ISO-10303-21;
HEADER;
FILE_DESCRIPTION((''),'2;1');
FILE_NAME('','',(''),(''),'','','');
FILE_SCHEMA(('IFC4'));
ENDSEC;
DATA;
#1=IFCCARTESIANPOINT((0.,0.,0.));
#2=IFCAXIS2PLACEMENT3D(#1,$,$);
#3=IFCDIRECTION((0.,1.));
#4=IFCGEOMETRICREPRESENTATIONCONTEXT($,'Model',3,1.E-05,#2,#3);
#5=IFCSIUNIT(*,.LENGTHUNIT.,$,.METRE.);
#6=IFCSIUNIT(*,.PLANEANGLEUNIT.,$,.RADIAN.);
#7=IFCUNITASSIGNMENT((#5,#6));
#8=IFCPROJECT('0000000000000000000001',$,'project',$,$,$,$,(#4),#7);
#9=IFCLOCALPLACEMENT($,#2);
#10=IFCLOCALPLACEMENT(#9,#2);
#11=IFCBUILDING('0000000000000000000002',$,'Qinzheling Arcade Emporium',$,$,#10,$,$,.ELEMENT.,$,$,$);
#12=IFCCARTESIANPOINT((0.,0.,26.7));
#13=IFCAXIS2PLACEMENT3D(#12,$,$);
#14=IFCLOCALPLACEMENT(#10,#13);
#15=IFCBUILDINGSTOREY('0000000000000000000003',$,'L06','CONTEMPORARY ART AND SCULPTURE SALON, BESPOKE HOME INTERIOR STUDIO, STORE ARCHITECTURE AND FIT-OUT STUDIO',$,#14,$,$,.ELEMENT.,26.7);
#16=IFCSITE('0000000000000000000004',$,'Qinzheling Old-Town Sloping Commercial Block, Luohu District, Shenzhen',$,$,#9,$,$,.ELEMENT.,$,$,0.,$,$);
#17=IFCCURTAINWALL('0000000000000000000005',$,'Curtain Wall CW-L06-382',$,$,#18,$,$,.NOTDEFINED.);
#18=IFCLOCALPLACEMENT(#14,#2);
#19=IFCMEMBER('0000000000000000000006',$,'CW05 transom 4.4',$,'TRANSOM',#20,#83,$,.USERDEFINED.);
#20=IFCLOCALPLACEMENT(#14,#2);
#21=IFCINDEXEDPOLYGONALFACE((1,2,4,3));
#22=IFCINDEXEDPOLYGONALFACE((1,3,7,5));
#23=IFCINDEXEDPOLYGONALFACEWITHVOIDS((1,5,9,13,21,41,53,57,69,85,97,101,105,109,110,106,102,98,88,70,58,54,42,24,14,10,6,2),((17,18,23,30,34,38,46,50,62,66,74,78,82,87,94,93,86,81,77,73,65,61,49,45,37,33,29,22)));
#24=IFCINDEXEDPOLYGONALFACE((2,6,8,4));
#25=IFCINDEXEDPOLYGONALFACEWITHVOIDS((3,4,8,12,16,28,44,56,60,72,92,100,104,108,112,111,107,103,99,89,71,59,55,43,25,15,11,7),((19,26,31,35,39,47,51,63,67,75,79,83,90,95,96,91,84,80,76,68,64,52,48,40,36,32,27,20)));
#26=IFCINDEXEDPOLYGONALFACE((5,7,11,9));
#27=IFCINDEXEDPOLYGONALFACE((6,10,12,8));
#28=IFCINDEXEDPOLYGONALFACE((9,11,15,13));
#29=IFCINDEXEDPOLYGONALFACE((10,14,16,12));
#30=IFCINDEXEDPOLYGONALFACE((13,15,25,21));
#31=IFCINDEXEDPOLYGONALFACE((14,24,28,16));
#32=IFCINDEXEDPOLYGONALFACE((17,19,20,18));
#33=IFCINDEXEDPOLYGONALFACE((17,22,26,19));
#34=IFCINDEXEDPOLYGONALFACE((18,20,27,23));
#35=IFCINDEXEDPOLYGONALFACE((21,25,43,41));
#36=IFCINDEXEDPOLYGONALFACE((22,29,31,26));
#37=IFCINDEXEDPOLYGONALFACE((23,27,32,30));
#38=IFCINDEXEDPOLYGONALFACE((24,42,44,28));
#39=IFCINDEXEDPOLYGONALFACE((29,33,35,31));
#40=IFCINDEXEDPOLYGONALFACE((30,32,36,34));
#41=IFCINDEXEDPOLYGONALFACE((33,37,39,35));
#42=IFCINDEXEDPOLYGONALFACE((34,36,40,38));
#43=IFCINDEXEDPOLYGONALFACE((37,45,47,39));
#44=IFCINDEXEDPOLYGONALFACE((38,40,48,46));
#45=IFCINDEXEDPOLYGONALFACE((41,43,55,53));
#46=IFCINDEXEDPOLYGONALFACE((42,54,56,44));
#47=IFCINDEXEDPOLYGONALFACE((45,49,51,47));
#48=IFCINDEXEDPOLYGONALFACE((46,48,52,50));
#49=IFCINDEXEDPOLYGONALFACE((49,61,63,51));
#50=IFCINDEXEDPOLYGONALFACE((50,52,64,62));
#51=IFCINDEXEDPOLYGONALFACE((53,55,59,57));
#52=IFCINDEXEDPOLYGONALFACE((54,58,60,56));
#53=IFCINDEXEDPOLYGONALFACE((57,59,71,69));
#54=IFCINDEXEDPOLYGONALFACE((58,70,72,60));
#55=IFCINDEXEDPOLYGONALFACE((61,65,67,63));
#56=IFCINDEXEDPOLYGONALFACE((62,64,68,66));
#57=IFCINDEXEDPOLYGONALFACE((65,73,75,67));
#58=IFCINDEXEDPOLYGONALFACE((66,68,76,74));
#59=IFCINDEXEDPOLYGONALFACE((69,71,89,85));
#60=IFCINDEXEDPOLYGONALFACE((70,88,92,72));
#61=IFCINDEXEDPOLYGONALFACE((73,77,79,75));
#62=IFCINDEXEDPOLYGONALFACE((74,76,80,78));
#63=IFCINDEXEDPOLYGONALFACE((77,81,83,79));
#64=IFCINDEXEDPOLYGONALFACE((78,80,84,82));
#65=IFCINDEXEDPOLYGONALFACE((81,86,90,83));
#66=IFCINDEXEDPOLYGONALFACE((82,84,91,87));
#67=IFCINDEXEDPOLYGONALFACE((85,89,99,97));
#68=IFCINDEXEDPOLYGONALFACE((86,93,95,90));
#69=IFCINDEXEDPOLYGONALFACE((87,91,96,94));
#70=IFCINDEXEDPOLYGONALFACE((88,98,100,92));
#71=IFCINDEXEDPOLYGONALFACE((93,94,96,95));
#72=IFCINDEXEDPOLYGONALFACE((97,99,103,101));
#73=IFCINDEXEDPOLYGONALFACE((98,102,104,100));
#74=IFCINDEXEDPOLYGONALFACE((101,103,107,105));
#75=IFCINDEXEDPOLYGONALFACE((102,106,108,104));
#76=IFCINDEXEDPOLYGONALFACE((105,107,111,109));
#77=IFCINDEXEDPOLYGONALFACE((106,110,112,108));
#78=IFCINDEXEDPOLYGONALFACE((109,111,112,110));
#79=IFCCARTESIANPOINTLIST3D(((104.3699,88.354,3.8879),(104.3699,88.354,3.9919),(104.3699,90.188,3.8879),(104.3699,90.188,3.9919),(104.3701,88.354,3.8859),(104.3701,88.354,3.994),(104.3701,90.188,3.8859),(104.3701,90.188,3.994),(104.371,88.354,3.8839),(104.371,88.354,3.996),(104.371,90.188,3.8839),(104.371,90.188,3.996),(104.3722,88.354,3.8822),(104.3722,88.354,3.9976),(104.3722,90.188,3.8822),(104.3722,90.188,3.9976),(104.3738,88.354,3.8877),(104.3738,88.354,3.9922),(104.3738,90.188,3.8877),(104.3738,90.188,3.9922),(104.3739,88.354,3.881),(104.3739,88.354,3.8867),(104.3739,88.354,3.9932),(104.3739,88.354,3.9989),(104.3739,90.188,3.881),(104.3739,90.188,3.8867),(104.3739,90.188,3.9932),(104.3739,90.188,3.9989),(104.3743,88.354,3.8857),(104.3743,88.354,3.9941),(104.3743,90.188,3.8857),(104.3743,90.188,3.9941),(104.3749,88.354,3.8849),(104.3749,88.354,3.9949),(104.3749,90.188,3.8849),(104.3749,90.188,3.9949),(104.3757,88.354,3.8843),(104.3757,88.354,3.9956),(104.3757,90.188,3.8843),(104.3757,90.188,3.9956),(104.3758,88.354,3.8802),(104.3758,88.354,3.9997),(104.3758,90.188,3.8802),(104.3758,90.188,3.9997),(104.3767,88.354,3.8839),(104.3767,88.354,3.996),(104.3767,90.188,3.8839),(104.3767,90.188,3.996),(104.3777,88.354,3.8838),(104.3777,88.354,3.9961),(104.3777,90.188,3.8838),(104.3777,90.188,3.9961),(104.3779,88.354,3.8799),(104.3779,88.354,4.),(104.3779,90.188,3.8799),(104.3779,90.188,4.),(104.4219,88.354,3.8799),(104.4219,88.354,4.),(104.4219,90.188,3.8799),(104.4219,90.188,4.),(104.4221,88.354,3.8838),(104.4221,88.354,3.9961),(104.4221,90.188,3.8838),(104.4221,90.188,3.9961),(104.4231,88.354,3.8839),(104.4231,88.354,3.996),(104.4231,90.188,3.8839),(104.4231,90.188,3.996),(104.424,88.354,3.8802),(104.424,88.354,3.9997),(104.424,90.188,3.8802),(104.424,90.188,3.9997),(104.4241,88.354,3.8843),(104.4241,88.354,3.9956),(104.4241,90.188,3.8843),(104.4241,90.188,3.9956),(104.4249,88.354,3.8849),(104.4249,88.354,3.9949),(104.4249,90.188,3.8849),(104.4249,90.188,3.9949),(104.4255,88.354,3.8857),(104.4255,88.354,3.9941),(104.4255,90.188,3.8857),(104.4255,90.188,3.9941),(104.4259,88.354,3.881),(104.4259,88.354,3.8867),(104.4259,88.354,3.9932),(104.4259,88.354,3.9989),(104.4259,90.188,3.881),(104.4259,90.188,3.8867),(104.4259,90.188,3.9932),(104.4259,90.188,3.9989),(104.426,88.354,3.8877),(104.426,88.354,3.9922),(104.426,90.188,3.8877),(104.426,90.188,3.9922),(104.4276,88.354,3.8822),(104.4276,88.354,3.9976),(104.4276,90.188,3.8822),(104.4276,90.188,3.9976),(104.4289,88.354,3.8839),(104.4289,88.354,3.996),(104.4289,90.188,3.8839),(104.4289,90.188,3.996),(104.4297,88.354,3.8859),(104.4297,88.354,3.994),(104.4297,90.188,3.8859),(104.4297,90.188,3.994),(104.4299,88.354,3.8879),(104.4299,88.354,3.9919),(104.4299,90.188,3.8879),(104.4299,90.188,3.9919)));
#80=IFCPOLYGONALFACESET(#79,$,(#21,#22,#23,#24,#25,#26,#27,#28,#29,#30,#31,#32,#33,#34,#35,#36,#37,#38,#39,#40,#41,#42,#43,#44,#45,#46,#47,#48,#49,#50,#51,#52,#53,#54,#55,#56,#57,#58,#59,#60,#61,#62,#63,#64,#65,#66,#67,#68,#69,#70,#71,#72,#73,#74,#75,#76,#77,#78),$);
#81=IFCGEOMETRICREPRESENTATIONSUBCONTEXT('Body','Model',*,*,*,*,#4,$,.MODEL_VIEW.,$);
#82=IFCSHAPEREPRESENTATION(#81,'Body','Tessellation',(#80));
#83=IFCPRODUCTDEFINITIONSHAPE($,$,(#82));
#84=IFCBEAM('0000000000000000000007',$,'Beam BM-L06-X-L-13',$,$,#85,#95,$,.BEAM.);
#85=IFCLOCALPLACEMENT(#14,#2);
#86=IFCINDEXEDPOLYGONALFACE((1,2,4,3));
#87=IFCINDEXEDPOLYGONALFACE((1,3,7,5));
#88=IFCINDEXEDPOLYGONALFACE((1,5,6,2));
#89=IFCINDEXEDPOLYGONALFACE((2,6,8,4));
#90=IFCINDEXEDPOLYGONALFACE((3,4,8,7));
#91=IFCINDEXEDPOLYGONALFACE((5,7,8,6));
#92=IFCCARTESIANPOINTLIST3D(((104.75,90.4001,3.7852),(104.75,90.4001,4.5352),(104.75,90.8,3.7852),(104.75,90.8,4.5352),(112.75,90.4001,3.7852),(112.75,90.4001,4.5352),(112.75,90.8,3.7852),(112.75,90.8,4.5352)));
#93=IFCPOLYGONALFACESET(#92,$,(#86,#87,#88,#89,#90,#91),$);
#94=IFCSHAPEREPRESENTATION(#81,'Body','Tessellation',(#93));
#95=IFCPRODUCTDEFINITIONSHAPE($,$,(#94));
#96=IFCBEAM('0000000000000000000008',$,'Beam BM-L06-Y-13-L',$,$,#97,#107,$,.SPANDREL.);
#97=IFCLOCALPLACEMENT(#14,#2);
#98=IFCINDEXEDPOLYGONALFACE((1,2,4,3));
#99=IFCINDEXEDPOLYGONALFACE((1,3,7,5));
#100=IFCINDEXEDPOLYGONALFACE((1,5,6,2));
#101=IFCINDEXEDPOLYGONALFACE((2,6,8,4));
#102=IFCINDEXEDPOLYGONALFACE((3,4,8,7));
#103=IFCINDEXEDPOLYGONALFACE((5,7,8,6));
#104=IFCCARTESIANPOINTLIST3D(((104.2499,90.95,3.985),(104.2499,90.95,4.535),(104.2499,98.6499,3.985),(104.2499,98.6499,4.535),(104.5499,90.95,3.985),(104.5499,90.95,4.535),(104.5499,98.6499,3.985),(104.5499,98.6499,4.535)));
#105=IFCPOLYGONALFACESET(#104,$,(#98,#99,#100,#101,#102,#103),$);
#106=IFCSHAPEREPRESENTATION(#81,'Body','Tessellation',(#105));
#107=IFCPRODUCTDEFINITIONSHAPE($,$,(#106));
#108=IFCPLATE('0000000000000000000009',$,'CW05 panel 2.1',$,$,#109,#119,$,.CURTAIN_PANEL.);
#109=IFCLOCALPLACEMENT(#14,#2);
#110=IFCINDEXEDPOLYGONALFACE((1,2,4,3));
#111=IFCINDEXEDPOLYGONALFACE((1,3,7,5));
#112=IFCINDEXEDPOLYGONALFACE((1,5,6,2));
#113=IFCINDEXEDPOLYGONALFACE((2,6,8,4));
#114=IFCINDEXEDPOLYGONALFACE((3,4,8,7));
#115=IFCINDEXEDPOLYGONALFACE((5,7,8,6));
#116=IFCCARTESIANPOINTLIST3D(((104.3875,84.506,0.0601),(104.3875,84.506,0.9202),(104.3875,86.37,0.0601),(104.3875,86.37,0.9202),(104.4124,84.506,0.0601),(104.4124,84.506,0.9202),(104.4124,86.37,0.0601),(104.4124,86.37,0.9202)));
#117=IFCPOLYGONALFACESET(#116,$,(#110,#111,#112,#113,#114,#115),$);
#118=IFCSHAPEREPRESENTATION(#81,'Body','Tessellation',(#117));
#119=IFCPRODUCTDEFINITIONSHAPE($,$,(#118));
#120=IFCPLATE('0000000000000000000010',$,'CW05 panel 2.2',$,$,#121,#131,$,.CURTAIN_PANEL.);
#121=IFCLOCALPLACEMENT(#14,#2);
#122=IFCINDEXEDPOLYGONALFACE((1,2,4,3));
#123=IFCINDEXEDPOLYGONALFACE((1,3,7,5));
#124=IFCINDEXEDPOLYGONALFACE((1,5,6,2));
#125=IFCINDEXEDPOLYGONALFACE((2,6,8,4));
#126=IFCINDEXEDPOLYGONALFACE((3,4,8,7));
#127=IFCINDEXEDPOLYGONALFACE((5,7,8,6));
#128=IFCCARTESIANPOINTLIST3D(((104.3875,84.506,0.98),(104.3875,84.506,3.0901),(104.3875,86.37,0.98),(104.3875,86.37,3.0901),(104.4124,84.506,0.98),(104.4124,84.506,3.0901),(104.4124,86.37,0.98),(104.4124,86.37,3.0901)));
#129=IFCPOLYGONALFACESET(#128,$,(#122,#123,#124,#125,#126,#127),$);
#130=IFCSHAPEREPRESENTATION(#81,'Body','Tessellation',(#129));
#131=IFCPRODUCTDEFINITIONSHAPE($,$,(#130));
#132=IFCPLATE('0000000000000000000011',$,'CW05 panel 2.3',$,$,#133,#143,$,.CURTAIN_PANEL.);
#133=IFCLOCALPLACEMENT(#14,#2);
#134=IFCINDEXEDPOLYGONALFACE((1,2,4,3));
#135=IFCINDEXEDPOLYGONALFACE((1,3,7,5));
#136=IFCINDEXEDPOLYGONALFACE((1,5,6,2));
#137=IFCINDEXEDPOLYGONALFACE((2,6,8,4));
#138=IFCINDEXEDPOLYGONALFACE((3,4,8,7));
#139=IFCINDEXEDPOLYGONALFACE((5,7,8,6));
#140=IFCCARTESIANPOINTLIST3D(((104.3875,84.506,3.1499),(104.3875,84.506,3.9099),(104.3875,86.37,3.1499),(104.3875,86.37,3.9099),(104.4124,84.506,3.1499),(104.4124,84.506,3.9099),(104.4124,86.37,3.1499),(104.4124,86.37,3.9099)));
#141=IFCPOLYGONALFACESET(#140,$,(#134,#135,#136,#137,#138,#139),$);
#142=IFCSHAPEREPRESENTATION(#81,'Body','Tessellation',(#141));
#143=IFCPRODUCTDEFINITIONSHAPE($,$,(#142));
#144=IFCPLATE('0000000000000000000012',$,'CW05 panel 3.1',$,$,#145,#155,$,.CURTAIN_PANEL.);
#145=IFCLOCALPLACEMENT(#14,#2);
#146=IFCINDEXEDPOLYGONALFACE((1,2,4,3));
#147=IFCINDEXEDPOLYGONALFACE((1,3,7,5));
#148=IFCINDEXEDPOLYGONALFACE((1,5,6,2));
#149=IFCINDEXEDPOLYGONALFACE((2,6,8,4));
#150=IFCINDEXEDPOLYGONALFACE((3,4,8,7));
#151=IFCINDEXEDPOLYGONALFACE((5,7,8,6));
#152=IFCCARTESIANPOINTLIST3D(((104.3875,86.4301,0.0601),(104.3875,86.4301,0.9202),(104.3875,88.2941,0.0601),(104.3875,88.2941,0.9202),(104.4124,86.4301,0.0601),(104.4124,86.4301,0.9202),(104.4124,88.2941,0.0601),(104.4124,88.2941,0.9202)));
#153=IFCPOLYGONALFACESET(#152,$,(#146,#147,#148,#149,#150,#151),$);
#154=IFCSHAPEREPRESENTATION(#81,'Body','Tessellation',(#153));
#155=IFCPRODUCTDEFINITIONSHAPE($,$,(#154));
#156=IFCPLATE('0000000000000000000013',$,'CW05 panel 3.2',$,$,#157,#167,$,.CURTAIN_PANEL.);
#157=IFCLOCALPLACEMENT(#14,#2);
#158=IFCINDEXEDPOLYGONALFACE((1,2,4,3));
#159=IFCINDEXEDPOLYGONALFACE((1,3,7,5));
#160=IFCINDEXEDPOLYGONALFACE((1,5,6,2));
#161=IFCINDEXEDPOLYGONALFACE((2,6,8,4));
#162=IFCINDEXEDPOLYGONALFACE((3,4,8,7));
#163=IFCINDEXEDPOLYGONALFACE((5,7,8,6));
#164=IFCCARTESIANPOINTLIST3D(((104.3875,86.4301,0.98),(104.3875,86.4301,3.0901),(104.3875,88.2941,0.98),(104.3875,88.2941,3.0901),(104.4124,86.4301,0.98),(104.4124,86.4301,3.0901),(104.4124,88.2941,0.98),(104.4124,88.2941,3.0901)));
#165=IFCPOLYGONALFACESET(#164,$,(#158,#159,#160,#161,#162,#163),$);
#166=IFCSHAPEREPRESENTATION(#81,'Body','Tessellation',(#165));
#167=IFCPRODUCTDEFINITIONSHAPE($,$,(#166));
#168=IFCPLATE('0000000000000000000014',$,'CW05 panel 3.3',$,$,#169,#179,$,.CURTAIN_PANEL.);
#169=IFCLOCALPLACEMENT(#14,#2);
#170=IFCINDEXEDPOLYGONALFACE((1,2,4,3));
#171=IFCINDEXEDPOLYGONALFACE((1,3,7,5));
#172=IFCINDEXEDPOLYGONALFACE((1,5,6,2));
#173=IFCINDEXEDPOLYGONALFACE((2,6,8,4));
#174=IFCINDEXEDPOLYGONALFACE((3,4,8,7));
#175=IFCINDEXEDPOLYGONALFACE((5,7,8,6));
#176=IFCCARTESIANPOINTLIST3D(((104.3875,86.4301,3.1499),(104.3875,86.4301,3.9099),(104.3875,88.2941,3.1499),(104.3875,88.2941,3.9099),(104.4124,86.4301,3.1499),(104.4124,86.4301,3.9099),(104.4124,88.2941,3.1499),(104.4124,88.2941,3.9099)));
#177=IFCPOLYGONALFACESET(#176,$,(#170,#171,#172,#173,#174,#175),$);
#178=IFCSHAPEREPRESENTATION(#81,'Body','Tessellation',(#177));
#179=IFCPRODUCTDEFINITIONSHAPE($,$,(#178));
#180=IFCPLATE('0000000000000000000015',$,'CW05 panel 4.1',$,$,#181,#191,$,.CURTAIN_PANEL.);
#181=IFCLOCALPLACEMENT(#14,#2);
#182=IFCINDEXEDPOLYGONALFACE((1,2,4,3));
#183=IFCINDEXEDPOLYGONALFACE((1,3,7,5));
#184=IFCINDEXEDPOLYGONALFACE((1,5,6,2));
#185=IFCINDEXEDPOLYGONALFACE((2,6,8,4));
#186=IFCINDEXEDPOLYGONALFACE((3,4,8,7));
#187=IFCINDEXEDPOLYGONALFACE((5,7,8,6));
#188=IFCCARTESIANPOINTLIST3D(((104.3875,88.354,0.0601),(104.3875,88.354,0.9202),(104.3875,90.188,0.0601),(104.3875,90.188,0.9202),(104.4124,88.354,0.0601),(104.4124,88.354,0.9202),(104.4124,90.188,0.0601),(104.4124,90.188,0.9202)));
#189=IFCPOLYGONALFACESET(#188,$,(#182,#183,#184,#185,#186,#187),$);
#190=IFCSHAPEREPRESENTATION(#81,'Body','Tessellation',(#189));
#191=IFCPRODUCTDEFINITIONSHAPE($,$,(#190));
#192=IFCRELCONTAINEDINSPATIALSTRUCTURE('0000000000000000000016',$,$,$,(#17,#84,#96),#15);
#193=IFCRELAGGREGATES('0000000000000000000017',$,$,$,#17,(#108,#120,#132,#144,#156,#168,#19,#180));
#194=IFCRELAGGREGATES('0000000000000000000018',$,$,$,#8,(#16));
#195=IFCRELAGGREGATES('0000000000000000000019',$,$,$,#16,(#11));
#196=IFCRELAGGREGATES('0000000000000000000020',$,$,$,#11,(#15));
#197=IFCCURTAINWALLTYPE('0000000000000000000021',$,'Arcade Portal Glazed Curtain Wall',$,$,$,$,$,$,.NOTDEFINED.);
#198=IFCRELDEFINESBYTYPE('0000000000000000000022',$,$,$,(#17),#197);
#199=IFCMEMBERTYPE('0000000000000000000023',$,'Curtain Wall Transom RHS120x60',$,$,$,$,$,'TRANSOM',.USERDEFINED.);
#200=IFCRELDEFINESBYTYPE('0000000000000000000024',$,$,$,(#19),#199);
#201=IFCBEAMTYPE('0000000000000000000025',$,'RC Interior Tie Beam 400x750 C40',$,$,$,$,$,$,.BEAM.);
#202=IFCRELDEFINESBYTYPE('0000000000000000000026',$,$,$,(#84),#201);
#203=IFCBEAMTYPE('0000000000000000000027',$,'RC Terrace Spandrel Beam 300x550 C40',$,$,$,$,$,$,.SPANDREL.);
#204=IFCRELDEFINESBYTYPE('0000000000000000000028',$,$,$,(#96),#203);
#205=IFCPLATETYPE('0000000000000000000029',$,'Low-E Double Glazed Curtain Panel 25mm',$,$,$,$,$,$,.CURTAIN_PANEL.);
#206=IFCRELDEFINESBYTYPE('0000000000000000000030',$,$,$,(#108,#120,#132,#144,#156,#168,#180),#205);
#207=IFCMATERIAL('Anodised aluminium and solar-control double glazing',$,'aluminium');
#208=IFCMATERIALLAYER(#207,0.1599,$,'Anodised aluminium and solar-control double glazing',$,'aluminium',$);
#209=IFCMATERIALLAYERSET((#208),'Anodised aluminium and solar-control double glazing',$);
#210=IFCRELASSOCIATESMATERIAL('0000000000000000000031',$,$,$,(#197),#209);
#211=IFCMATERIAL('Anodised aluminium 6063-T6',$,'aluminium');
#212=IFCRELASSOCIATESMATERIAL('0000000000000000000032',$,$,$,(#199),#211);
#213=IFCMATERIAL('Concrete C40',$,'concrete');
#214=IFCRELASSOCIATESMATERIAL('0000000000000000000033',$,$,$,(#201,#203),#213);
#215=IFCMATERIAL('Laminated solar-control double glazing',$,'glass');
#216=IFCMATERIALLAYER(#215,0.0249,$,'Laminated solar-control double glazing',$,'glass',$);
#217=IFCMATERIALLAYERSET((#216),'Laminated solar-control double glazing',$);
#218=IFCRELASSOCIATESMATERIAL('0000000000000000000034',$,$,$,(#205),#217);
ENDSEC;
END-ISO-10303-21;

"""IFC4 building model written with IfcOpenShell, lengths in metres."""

from ifc_helpers import new_model, si_unit, direction, frame, origin, origin_2d, place, context, subcontext, project, spatial, rectangle, hollow_rectangle, extrude, material, layer, layer_set, material_profile, profile_set, type_object, element, aggregate, save


model = new_model("IFC4")

# Units and contexts
model_context = context("Model", 3, precision=1e-05, world=origin(), true_north=direction((0.0, 1.0)))
body_context = subcontext(model_context, "Body", "Model", "MODEL_VIEW")
ifc_project = project(units=[si_unit("LENGTHUNIT", "METRE"), si_unit("PLANEANGLEUNIT", "RADIAN")], contexts=[model_context])

# Site, building, storey
site_placement = place(None, origin())
site = spatial("IfcSite", under=ifc_project, at=site_placement, Name="Qinzheling Old-Town Sloping Commercial Block, Luohu District, Shenzhen", CompositionType="ELEMENT", RefElevation=0.0)
building_placement = place(site_placement, origin())
building = spatial("IfcBuilding", under=site, at=building_placement, Name="Qinzheling Arcade Emporium", CompositionType="ELEMENT")
storey_placement = place(building_placement, frame((0.0, 0.0, 26.7)))
storey = spatial("IfcBuildingStorey", under=building, at=storey_placement, Name="L06", Description="CONTEMPORARY ART AND SCULPTURE SALON, BESPOKE HOME INTERIOR STUDIO, STORE ARCHITECTURE AND FIT-OUT STUDIO", CompositionType="ELEMENT", Elevation=26.7)

# Shared definitions
ifc_material_1 = material(Name="Concrete C40", Category="concrete")

# Curtain wall, member
ifc_material_2 = material(Name="Anodised aluminium and solar-control double glazing", Category="aluminium")
ifc_layer_1 = layer(ifc_material_2, 0.1599, Name="Anodised aluminium and solar-control double glazing", Category="aluminium")
ifc_layer_set_1 = layer_set([ifc_layer_1], Name="Anodised aluminium and solar-control double glazing")
curtain_wall_type = type_object("IfcCurtainWallType", Name="Arcade Portal Glazed Curtain Wall", PredefinedType="NOTDEFINED", material=ifc_layer_set_1)
curtain_wall_placement = place(storey_placement, origin())
curtain_wall = element("IfcCurtainWall", 1, at=curtain_wall_placement, inside=storey, type_object=curtain_wall_type, Name="Curtain Wall CW-L06-382", PredefinedType="NOTDEFINED")
ifc_material_3 = material(Name="Anodised aluminium 6063-T6", Category="aluminium")
ifc_material_profile_1 = material_profile(ifc_material_3, hollow_rectangle(XDim=0.0601, YDim=0.1201, WallThickness=0.0039, InnerFilletRadius=0.0039, OuterFilletRadius=0.0081, at=origin_2d()), Name="RHS 120x60x4", Category="aluminium")
ifc_profile_set_1 = profile_set([ifc_material_profile_1], Name="Anodised aluminium 6063-T6")
member_type_1 = type_object("IfcMemberType", Name="Curtain Wall Transom RHS120x60", ElementType="TRANSOM", PredefinedType="USERDEFINED", material=ifc_profile_set_1)
member_1_placement = place(storey_placement, frame((104.3999, 88.354, 3.9399), z_axis=(0.0, 1.0, 0.0), x_axis=(-1.0, 0.0, 0.0)))
member_1 = element("IfcMember", 2, at=member_1_placement, type_object=member_type_1, Name="CW05 transom 4.4", ObjectType="TRANSOM", PredefinedType="USERDEFINED", context=body_context, shape_type="SweptSolid", body=[
    extrude(hollow_rectangle(XDim=0.0601, YDim=0.1201, WallThickness=0.0039, InnerFilletRadius=0.0039, OuterFilletRadius=0.0081, at=origin_2d()), origin(), (0.0, 0.0, 1.0), 1.834),
])

# Beams
ifc_material_profile_2 = material_profile(ifc_material_1, rectangle(XDim=0.3999, YDim=0.75, at=origin_2d()), Name="RC 400x750", Category="concrete")
ifc_profile_set_2 = profile_set([ifc_material_profile_2], Name="Concrete C40")
beam_type_1 = type_object("IfcBeamType", Name="RC Interior Tie Beam 400x750 C40", PredefinedType="BEAM", material=ifc_profile_set_2)
beam_1_placement = place(storey_placement, frame((104.75, 90.6001, 4.1602), z_axis=(1.0, 0.0, 0.0), x_axis=(0.0, 1.0, 0.0)))
element("IfcBeam", 3, at=beam_1_placement, inside=storey, type_object=beam_type_1, Name="Beam BM-L06-X-L-13", PredefinedType="BEAM", context=body_context, shape_type="SweptSolid", body=[
    extrude(rectangle(XDim=0.3999, YDim=0.75, at=origin_2d()), origin(), (0.0, 0.0, 1.0), 8.0),
])
ifc_material_profile_3 = material_profile(ifc_material_1, rectangle(XDim=0.3, YDim=0.55, at=origin_2d()), Name="RC 300x550", Category="concrete")
ifc_profile_set_3 = profile_set([ifc_material_profile_3], Name="Concrete C40")
beam_type_2 = type_object("IfcBeamType", Name="RC Terrace Spandrel Beam 300x550 C40", PredefinedType="SPANDREL", material=ifc_profile_set_3)
beam_2_placement = place(storey_placement, frame((104.3999, 90.95, 4.26), z_axis=(0.0, 1.0, 0.0), x_axis=(-1.0, 0.0, 0.0)))
element("IfcBeam", 4, at=beam_2_placement, inside=storey, type_object=beam_type_2, Name="Beam BM-L06-Y-13-L", PredefinedType="SPANDREL", context=body_context, shape_type="SweptSolid", body=[
    extrude(rectangle(XDim=0.3, YDim=0.55, at=origin_2d()), origin(), (0.0, 0.0, 1.0), 7.7),
])

# Plates
ifc_material_4 = material(Name="Laminated solar-control double glazing", Category="glass")
ifc_layer_2 = layer(ifc_material_4, 0.0249, Name="Laminated solar-control double glazing", Category="glass")
ifc_layer_set_2 = layer_set([ifc_layer_2], Name="Laminated solar-control double glazing")
plate_type = type_object("IfcPlateType", Name="Low-E Double Glazed Curtain Panel 25mm", PredefinedType="CURTAIN_PANEL", material=ifc_layer_set_2)
plate_1_placement = place(storey_placement, frame((104.3999, 85.438, 0.0601), z_axis=(0.0, 0.0, 1.0), x_axis=(0.0, 1.0, 0.0)))
plate_1 = element("IfcPlate", 5, at=plate_1_placement, type_object=plate_type, Name="CW05 panel 2.1", PredefinedType="CURTAIN_PANEL", context=body_context, shape_type="SweptSolid", body=[
    extrude(rectangle(XDim=1.864, YDim=0.0249, at=origin_2d()), origin(), (0.0, 0.0, 1.0), 0.8601),
])
plate_2_placement = place(storey_placement, frame((104.3999, 85.438, 0.98), z_axis=(0.0, 0.0, 1.0), x_axis=(0.0, 1.0, 0.0)))
plate_2 = element("IfcPlate", 6, at=plate_2_placement, type_object=plate_type, Name="CW05 panel 2.2", PredefinedType="CURTAIN_PANEL", context=body_context, shape_type="SweptSolid", body=[
    extrude(rectangle(XDim=1.864, YDim=0.0249, at=origin_2d()), origin(), (0.0, 0.0, 1.0), 2.1101),
])
plate_3_placement = place(storey_placement, frame((104.3999, 85.438, 3.1499), z_axis=(0.0, 0.0, 1.0), x_axis=(0.0, 1.0, 0.0)))
plate_3 = element("IfcPlate", 7, at=plate_3_placement, type_object=plate_type, Name="CW05 panel 2.3", PredefinedType="CURTAIN_PANEL", context=body_context, shape_type="SweptSolid", body=[
    extrude(rectangle(XDim=1.864, YDim=0.0249, at=origin_2d()), origin(), (0.0, 0.0, 1.0), 0.76),
])
plate_4_placement = place(storey_placement, frame((104.3999, 87.3621, 0.0601), z_axis=(0.0, 0.0, 1.0), x_axis=(0.0, 1.0, 0.0)))
plate_4 = element("IfcPlate", 8, at=plate_4_placement, type_object=plate_type, Name="CW05 panel 3.1", PredefinedType="CURTAIN_PANEL", context=body_context, shape_type="SweptSolid", body=[
    extrude(rectangle(XDim=1.864, YDim=0.0249, at=origin_2d()), origin(), (0.0, 0.0, 1.0), 0.8601),
])
plate_5_placement = place(storey_placement, frame((104.3999, 87.3621, 0.98), z_axis=(0.0, 0.0, 1.0), x_axis=(0.0, 1.0, 0.0)))
plate_5 = element("IfcPlate", 9, at=plate_5_placement, type_object=plate_type, Name="CW05 panel 3.2", PredefinedType="CURTAIN_PANEL", context=body_context, shape_type="SweptSolid", body=[
    extrude(rectangle(XDim=1.864, YDim=0.0249, at=origin_2d()), origin(), (0.0, 0.0, 1.0), 2.1101),
])
plate_6_placement = place(storey_placement, frame((104.3999, 87.3621, 3.1499), z_axis=(0.0, 0.0, 1.0), x_axis=(0.0, 1.0, 0.0)))
plate_6 = element("IfcPlate", 10, at=plate_6_placement, type_object=plate_type, Name="CW05 panel 3.3", PredefinedType="CURTAIN_PANEL", context=body_context, shape_type="SweptSolid", body=[
    extrude(rectangle(XDim=1.864, YDim=0.0249, at=origin_2d()), origin(), (0.0, 0.0, 1.0), 0.76),
])
plate_7_placement = place(storey_placement, frame((104.3999, 89.271, 0.0601), z_axis=(0.0, 0.0, 1.0), x_axis=(0.0, 1.0, 0.0)))
plate_7 = element("IfcPlate", 11, at=plate_7_placement, type_object=plate_type, Name="CW05 panel 4.1", PredefinedType="CURTAIN_PANEL", context=body_context, shape_type="SweptSolid", body=[
    extrude(rectangle(XDim=1.834, YDim=0.0249, at=origin_2d()), origin(), (0.0, 0.0, 1.0), 0.8601),
])
aggregate(curtain_wall, [plate_1, plate_2, plate_3, plate_4, plate_5, plate_6, member_1, plate_7])

save(model, "model.ifc")
